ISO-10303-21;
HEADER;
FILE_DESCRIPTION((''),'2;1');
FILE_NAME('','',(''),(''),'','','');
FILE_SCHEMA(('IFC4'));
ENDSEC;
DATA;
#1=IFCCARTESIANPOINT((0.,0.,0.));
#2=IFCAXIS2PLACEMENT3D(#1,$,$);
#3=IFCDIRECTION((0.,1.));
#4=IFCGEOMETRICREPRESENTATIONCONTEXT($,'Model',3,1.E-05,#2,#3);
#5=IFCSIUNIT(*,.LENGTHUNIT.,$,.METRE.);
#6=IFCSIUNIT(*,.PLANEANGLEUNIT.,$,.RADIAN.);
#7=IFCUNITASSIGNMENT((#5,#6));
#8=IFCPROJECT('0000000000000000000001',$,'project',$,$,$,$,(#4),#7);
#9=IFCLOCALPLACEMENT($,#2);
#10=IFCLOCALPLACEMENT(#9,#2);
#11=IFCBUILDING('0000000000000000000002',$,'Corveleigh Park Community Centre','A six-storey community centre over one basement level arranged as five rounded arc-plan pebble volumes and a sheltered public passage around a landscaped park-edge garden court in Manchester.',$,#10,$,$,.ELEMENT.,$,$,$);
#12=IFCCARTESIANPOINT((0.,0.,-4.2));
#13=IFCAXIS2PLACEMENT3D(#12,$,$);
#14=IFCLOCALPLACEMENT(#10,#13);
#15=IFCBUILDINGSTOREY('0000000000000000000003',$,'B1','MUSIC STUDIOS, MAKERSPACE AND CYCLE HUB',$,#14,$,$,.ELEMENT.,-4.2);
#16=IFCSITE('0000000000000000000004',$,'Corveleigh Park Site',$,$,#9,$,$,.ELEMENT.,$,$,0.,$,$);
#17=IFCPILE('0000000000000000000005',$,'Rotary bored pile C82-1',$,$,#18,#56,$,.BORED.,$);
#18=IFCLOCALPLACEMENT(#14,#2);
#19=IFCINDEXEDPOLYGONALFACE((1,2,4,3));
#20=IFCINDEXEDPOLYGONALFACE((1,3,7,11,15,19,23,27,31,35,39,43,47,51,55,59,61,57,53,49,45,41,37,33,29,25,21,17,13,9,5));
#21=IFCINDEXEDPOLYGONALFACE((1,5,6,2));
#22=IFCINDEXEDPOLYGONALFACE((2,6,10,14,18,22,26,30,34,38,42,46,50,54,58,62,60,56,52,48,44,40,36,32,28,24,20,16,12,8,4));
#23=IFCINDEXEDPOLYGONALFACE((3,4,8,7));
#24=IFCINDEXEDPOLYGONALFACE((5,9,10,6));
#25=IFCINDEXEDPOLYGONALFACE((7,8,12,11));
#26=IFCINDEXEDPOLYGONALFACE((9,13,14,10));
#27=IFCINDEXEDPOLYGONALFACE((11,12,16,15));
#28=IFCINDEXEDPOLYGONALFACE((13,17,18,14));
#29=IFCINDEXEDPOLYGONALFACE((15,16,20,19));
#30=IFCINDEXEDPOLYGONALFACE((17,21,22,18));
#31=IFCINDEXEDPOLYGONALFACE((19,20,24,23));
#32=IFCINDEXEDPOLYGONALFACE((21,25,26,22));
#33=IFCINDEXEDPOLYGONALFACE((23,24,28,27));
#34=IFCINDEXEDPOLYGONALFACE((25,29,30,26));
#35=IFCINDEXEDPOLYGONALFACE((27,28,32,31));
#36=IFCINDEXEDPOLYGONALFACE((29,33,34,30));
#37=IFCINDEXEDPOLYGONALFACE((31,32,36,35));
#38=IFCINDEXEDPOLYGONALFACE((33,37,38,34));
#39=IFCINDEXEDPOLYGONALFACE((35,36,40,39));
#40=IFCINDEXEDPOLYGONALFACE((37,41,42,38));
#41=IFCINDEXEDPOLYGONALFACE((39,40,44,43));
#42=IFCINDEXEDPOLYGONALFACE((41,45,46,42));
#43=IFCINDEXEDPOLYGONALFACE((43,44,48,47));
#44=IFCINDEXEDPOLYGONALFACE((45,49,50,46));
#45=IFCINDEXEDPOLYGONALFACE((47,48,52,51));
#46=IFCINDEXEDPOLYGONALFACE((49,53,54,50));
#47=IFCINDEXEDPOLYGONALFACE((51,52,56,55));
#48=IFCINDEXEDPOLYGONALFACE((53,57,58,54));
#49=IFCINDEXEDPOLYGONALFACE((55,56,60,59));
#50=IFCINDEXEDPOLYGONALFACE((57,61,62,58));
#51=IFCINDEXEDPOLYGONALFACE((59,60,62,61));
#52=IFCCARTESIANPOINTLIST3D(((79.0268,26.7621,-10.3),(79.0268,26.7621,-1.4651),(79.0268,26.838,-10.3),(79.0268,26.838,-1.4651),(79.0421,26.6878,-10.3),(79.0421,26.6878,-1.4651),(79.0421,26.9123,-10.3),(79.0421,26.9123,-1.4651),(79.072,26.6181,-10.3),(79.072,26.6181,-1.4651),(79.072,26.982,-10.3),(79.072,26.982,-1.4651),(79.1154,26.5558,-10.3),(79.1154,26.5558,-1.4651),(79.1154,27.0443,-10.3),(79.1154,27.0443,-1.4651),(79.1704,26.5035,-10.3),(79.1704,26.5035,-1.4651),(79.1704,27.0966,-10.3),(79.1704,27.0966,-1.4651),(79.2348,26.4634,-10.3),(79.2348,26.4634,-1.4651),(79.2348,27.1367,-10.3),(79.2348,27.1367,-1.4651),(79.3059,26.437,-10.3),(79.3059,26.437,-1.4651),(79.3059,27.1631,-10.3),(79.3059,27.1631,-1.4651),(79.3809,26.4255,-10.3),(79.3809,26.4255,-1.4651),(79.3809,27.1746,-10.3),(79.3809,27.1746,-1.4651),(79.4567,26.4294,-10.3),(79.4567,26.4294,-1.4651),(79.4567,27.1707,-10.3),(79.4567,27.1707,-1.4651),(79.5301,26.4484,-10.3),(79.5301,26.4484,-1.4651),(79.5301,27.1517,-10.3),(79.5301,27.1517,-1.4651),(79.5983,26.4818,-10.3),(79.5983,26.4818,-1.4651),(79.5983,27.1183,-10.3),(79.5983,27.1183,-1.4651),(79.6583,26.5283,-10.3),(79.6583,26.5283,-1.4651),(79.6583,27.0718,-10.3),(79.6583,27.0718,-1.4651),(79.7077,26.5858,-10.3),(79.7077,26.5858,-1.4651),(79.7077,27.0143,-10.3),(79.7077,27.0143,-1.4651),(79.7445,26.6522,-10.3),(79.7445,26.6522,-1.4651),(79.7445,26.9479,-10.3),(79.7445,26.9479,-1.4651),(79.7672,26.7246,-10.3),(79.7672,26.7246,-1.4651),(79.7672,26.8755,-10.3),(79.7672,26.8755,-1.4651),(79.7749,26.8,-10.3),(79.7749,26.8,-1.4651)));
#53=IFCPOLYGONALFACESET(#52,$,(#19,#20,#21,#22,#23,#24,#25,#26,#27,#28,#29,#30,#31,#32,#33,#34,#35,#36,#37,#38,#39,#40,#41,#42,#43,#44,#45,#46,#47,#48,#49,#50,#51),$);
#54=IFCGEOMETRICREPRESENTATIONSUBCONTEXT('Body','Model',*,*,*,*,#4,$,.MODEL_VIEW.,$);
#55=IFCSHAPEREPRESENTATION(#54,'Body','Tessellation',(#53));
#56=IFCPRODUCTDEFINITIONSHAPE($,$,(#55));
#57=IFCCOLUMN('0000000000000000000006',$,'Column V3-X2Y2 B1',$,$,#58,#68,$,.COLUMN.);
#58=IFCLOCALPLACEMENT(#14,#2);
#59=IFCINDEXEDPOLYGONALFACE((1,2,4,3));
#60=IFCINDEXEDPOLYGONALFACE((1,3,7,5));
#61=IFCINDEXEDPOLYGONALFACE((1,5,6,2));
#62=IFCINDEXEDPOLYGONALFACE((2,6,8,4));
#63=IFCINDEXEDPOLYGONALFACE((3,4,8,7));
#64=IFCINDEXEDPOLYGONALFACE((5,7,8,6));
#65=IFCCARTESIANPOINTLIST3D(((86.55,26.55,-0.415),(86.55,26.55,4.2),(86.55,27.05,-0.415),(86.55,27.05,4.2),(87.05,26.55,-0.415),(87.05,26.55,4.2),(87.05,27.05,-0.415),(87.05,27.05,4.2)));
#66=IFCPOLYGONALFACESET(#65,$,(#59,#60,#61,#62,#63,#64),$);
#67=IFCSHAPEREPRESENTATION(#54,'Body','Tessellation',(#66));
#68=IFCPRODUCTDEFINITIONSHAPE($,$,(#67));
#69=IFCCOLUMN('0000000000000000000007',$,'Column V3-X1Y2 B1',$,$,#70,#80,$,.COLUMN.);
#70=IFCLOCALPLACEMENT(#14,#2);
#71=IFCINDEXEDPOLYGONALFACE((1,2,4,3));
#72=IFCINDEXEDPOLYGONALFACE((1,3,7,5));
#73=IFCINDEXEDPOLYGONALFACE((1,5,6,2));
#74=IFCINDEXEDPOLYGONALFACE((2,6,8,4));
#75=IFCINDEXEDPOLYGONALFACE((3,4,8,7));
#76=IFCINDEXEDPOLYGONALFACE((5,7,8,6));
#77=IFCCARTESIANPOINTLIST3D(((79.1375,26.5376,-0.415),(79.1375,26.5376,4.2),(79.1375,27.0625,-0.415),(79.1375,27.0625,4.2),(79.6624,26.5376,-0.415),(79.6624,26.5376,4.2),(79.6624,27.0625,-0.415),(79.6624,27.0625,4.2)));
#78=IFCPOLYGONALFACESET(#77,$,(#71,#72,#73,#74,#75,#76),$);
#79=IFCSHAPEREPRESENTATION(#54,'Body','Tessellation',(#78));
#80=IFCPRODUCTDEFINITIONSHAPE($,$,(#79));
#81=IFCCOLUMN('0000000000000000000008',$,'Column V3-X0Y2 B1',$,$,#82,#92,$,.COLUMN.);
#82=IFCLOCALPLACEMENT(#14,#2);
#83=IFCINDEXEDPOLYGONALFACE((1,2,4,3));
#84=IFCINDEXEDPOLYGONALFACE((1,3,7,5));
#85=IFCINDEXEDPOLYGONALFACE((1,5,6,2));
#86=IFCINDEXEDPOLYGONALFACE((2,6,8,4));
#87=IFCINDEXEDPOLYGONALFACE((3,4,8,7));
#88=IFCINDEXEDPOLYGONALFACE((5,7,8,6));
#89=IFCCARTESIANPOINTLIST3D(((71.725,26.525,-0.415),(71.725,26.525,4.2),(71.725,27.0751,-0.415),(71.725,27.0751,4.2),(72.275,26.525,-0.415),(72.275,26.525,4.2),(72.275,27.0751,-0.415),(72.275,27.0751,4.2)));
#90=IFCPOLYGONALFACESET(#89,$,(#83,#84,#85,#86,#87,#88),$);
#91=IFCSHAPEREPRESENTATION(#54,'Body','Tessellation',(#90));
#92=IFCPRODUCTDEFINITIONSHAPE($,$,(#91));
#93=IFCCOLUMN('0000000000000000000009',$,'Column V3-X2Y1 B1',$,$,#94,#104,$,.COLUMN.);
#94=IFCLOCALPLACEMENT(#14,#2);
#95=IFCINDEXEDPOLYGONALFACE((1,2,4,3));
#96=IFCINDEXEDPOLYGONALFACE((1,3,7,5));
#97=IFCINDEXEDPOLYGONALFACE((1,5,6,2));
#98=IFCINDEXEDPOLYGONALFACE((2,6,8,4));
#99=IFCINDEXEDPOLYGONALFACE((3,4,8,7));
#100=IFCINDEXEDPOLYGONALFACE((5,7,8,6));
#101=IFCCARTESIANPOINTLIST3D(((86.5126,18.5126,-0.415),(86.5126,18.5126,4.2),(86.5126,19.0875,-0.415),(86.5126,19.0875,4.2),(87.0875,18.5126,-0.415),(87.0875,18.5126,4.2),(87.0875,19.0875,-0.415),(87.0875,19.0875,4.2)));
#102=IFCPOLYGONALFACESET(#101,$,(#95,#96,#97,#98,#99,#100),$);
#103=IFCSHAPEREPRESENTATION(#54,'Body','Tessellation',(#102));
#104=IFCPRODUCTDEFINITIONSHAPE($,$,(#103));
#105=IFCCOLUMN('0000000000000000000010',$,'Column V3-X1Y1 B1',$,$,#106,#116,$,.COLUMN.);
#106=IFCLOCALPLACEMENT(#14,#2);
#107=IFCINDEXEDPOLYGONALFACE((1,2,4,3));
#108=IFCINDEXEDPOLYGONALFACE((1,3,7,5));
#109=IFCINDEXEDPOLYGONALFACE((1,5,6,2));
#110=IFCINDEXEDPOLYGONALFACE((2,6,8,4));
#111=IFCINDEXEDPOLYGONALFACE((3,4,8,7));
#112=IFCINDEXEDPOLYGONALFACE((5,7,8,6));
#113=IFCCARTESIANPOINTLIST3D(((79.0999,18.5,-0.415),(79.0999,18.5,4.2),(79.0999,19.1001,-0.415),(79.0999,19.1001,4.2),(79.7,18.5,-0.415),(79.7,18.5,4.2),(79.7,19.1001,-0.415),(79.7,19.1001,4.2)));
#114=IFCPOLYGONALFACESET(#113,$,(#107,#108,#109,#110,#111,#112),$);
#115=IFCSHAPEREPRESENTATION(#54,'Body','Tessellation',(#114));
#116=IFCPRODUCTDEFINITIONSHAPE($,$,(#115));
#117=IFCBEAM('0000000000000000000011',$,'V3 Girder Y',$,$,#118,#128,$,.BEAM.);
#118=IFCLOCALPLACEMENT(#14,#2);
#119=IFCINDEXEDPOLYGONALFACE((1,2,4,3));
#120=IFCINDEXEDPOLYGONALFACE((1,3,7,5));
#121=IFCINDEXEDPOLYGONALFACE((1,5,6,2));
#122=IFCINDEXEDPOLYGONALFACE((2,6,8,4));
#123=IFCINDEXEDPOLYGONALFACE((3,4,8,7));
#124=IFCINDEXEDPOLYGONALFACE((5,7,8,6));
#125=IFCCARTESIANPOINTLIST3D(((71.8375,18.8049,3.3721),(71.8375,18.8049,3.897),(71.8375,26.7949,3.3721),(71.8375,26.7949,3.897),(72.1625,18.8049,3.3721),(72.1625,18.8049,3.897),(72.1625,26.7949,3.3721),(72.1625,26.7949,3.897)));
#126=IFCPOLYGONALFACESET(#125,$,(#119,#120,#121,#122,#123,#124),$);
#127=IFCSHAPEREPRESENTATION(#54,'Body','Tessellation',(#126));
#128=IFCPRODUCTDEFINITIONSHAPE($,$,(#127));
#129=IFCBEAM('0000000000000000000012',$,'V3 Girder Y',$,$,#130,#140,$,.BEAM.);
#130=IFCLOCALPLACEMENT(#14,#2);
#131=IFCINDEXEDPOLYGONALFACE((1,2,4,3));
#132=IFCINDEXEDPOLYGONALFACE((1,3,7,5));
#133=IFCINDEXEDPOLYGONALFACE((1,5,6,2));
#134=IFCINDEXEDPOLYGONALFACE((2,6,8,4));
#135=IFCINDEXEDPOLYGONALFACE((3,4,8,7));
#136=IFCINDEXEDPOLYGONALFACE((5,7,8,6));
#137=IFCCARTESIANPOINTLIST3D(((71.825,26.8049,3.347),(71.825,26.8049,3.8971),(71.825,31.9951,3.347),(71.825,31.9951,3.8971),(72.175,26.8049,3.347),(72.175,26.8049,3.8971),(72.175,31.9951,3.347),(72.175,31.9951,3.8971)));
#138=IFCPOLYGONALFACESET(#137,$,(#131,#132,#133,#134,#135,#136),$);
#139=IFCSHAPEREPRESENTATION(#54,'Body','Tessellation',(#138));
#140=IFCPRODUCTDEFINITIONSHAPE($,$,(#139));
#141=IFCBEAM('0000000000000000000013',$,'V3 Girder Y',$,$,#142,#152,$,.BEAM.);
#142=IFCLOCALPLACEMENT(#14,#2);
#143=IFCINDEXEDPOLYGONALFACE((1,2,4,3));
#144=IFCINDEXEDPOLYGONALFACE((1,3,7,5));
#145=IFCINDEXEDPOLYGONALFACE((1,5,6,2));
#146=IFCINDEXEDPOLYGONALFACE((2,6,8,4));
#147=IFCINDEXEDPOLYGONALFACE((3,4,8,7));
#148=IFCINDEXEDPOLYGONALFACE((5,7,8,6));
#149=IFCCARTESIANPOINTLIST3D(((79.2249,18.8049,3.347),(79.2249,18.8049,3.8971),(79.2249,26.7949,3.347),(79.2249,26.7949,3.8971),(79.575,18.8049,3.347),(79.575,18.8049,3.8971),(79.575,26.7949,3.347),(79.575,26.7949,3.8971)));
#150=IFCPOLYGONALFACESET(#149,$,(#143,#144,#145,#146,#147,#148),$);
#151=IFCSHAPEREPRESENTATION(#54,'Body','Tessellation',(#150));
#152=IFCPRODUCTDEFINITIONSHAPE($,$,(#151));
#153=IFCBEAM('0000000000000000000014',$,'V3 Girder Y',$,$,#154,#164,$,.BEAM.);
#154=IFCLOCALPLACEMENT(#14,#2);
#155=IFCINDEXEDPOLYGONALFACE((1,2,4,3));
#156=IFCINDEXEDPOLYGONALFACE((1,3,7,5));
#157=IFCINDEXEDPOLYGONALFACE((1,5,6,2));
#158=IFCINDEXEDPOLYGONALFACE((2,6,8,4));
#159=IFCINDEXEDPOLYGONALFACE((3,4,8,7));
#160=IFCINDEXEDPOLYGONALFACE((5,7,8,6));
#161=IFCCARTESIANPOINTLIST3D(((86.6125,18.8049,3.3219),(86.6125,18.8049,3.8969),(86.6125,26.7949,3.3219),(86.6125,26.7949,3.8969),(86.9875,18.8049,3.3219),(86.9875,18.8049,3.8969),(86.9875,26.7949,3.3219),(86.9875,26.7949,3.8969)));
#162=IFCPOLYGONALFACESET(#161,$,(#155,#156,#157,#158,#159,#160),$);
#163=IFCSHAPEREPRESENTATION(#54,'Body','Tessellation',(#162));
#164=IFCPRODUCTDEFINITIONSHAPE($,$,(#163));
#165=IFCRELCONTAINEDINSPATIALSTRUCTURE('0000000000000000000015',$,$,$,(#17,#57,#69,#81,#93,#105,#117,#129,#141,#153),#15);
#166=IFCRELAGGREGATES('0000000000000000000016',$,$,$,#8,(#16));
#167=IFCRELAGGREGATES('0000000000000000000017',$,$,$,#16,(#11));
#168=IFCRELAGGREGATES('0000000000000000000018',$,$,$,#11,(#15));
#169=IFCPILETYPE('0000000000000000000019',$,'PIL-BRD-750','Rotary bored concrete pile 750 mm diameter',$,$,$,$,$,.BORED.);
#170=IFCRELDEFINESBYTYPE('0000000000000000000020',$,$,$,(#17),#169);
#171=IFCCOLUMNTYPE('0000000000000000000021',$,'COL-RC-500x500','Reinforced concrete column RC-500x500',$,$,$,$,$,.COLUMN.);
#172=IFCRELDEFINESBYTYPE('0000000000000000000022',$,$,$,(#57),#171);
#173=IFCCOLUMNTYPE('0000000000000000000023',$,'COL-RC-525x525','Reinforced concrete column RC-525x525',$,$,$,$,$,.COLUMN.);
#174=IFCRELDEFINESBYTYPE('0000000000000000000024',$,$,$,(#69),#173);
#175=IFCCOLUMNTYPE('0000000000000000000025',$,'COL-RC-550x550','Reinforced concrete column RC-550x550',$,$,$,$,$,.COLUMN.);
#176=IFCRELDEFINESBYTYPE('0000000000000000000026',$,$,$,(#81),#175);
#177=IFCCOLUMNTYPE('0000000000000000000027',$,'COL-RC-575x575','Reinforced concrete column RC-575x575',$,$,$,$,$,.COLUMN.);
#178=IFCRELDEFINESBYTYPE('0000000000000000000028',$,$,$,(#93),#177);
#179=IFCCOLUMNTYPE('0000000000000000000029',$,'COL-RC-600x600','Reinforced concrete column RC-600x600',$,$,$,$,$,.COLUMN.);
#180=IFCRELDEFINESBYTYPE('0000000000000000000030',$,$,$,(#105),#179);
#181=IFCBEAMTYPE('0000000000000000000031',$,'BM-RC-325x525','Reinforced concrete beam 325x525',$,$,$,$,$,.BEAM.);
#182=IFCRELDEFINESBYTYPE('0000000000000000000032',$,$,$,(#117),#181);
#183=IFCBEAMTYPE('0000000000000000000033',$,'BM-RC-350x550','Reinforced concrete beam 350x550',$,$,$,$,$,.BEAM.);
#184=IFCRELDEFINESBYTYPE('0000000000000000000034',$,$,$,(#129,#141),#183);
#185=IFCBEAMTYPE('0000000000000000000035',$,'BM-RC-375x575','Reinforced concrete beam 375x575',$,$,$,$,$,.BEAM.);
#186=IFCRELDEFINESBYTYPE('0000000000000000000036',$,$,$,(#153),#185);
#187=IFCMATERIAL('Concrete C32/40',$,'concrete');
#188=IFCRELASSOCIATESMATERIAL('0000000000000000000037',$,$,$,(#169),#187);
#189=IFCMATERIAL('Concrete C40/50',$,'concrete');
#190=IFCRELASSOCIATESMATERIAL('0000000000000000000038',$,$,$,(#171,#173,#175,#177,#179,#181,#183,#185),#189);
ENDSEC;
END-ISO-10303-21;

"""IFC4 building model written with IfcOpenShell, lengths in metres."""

from ifc_helpers import new_model, si_unit, direction, frame, origin, origin_2d, place, context, subcontext, project, spatial, rectangle, circle, extrude, material, material_profile, profile_set, type_object, element, save


model = new_model("IFC4")

# Units and contexts
model_context = context("Model", 3, precision=1e-05, world=origin(), true_north=direction((0.0, 1.0)))
body_context = subcontext(model_context, "Body", "Model", "MODEL_VIEW")
ifc_project = project(units=[si_unit("LENGTHUNIT", "METRE"), si_unit("PLANEANGLEUNIT", "RADIAN")], contexts=[model_context])

# Site, building, storey
site_placement = place(None, origin())
site = spatial("IfcSite", under=ifc_project, at=site_placement, Name="Corveleigh Park Site", CompositionType="ELEMENT", RefElevation=0.0)
building_placement = place(site_placement, origin())
building = spatial("IfcBuilding", under=site, at=building_placement, Name="Corveleigh Park Community Centre", Description="A six-storey community centre over one basement level arranged as five rounded arc-plan pebble volumes and a sheltered public passage around a landscaped park-edge garden court in Manchester.", CompositionType="ELEMENT")
storey_placement = place(building_placement, frame((0.0, 0.0, -4.2)))
storey = spatial("IfcBuildingStorey", under=building, at=storey_placement, Name="B1", Description="MUSIC STUDIOS, MAKERSPACE AND CYCLE HUB", CompositionType="ELEMENT", Elevation=-4.2)

# Shared definitions
ifc_material_1 = material(Name="Concrete C40/50", Category="concrete")

# Pile
ifc_material_2 = material(Name="Concrete C32/40", Category="concrete")
ifc_material_profile_1 = material_profile(ifc_material_2, circle(Radius=0.375, at=origin_2d()), Name="BORED-PILE-750", Category="concrete")
ifc_profile_set_1 = profile_set([ifc_material_profile_1], Name="Concrete C32/40")
pile_type = type_object("IfcPileType", Name="PIL-BRD-750", Description="Rotary bored concrete pile 750 mm diameter", PredefinedType="BORED", material=ifc_profile_set_1)
for number, where, z_axis, x_axis, name in (
    (1, (79.3999, 26.8, -1.4651), (0.0, 0.0, -1.0), (1.0, 0.0, 0.0), "Rotary bored pile C82-1"),
):
    element("IfcPile", number, at=place(storey_placement, frame(where, z_axis=z_axis, x_axis=x_axis)), inside=storey, type_object=pile_type, Name=name, PredefinedType="BORED", context=body_context, shape_type="SweptSolid", body=[
        extrude(circle(Radius=0.375, at=origin_2d()), origin(), (0.0, 0.0, 1.0), 8.835),
    ])

# Columns
ifc_material_profile_2 = material_profile(ifc_material_1, rectangle(XDim=0.5, YDim=0.5, at=origin_2d()), Name="RC-500x500", Category="concrete")
ifc_profile_set_2 = profile_set([ifc_material_profile_2], Name="Concrete C40/50")
column_type_1 = type_object("IfcColumnType", Name="COL-RC-500x500", Description="Reinforced concrete column RC-500x500", PredefinedType="COLUMN", material=ifc_profile_set_2)
column_1_placement = place(storey_placement, frame((86.8, 26.8, -0.415), z_axis=(0.0, 0.0, 1.0), x_axis=(1.0, 0.0, 0.0)))
element("IfcColumn", 2, at=column_1_placement, inside=storey, type_object=column_type_1, Name="Column V3-X2Y2 B1", PredefinedType="COLUMN", context=body_context, shape_type="SweptSolid", body=[
    extrude(rectangle(XDim=0.5, YDim=0.5, at=origin_2d()), origin(), (0.0, 0.0, 1.0), 4.615),
])
ifc_material_profile_3 = material_profile(ifc_material_1, rectangle(XDim=0.5249, YDim=0.5249, at=origin_2d()), Name="RC-525x525", Category="concrete")
ifc_profile_set_3 = profile_set([ifc_material_profile_3], Name="Concrete C40/50")
column_type_2 = type_object("IfcColumnType", Name="COL-RC-525x525", Description="Reinforced concrete column RC-525x525", PredefinedType="COLUMN", material=ifc_profile_set_3)
column_2_placement = place(storey_placement, frame((79.3999, 26.8, -0.415), z_axis=(0.0, 0.0, 1.0), x_axis=(1.0, 0.0, 0.0)))
element("IfcColumn", 3, at=column_2_placement, inside=storey, type_object=column_type_2, Name="Column V3-X1Y2 B1", PredefinedType="COLUMN", context=body_context, shape_type="SweptSolid", body=[
    extrude(rectangle(XDim=0.5249, YDim=0.5249, at=origin_2d()), origin(), (0.0, 0.0, 1.0), 4.615),
])
ifc_material_profile_4 = material_profile(ifc_material_1, rectangle(XDim=0.55, YDim=0.55, at=origin_2d()), Name="RC-550x550", Category="concrete")
ifc_profile_set_4 = profile_set([ifc_material_profile_4], Name="Concrete C40/50")
column_type_3 = type_object("IfcColumnType", Name="COL-RC-550x550", Description="Reinforced concrete column RC-550x550", PredefinedType="COLUMN", material=ifc_profile_set_4)
column_3_placement = place(storey_placement, frame((72.0, 26.8, -0.415), z_axis=(0.0, 0.0, 1.0), x_axis=(1.0, 0.0, 0.0)))
element("IfcColumn", 4, at=column_3_placement, inside=storey, type_object=column_type_3, Name="Column V3-X0Y2 B1", PredefinedType="COLUMN", context=body_context, shape_type="SweptSolid", body=[
    extrude(rectangle(XDim=0.55, YDim=0.55, at=origin_2d()), origin(), (0.0, 0.0, 1.0), 4.615),
])
ifc_material_profile_5 = material_profile(ifc_material_1, rectangle(XDim=0.575, YDim=0.575, at=origin_2d()), Name="RC-575x575", Category="concrete")
ifc_profile_set_5 = profile_set([ifc_material_profile_5], Name="Concrete C40/50")
column_type_4 = type_object("IfcColumnType", Name="COL-RC-575x575", Description="Reinforced concrete column RC-575x575", PredefinedType="COLUMN", material=ifc_profile_set_5)
column_4_placement = place(storey_placement, frame((86.8, 18.8, -0.415), z_axis=(0.0, 0.0, 1.0), x_axis=(1.0, 0.0, 0.0)))
element("IfcColumn", 5, at=column_4_placement, inside=storey, type_object=column_type_4, Name="Column V3-X2Y1 B1", PredefinedType="COLUMN", context=body_context, shape_type="SweptSolid", body=[
    extrude(rectangle(XDim=0.575, YDim=0.575, at=origin_2d()), origin(), (0.0, 0.0, 1.0), 4.615),
])
ifc_material_profile_6 = material_profile(ifc_material_1, rectangle(XDim=0.6001, YDim=0.6001, at=origin_2d()), Name="RC-600x600", Category="concrete")
ifc_profile_set_6 = profile_set([ifc_material_profile_6], Name="Concrete C40/50")
column_type_5 = type_object("IfcColumnType", Name="COL-RC-600x600", Description="Reinforced concrete column RC-600x600", PredefinedType="COLUMN", material=ifc_profile_set_6)
column_5_placement = place(storey_placement, frame((79.3999, 18.8, -0.415), z_axis=(0.0, 0.0, 1.0), x_axis=(1.0, 0.0, 0.0)))
element("IfcColumn", 6, at=column_5_placement, inside=storey, type_object=column_type_5, Name="Column V3-X1Y1 B1", PredefinedType="COLUMN", context=body_context, shape_type="SweptSolid", body=[
    extrude(rectangle(XDim=0.6001, YDim=0.6001, at=origin_2d()), origin(), (0.0, 0.0, 1.0), 4.615),
])

# Beams
ifc_material_profile_7 = material_profile(ifc_material_1, rectangle(XDim=0.325, YDim=0.5249, at=origin_2d()), Name="RC-325x525", Category="concrete")
ifc_profile_set_7 = profile_set([ifc_material_profile_7], Name="Concrete C40/50")
beam_type_1 = type_object("IfcBeamType", Name="BM-RC-325x525", Description="Reinforced concrete beam 325x525", PredefinedType="BEAM", material=ifc_profile_set_7)
beam_1_placement = place(storey_placement, frame((72.0, 18.8049, 3.6345), z_axis=(0.0, 1.0, 0.0), x_axis=(-1.0, 0.0, 0.0)))
element("IfcBeam", 7, at=beam_1_placement, inside=storey, type_object=beam_type_1, Name="V3 Girder Y", PredefinedType="BEAM", context=body_context, shape_type="SweptSolid", body=[
    extrude(rectangle(XDim=0.325, YDim=0.5249, at=origin_2d()), origin(), (0.0, 0.0, 1.0), 7.99),
])
ifc_material_profile_8 = material_profile(ifc_material_1, rectangle(XDim=0.3501, YDim=0.55, at=origin_2d()), Name="RC-350x550", Category="concrete")
ifc_profile_set_8 = profile_set([ifc_material_profile_8], Name="Concrete C40/50")
beam_type_2 = type_object("IfcBeamType", Name="BM-RC-350x550", Description="Reinforced concrete beam 350x550", PredefinedType="BEAM", material=ifc_profile_set_8)
beam_2_placement = place(storey_placement, frame((72.0, 26.8049, 3.6221), z_axis=(0.0, 1.0, 0.0), x_axis=(-1.0, 0.0, 0.0)))
element("IfcBeam", 8, at=beam_2_placement, inside=storey, type_object=beam_type_2, Name="V3 Girder Y", PredefinedType="BEAM", context=body_context, shape_type="SweptSolid", body=[
    extrude(rectangle(XDim=0.3501, YDim=0.55, at=origin_2d()), origin(), (0.0, 0.0, 1.0), 5.1902),
])
beam_3_placement = place(storey_placement, frame((79.3999, 18.8049, 3.6221), z_axis=(0.0, 1.0, 0.0), x_axis=(-1.0, 0.0, 0.0)))
element("IfcBeam", 9, at=beam_3_placement, inside=storey, type_object=beam_type_2, Name="V3 Girder Y", PredefinedType="BEAM", context=body_context, shape_type="SweptSolid", body=[
    extrude(rectangle(XDim=0.3501, YDim=0.55, at=origin_2d()), origin(), (0.0, 0.0, 1.0), 7.99),
])
ifc_material_profile_9 = material_profile(ifc_material_1, rectangle(XDim=0.375, YDim=0.575, at=origin_2d()), Name="RC-375x575", Category="concrete")
ifc_profile_set_9 = profile_set([ifc_material_profile_9], Name="Concrete C40/50")
beam_type_3 = type_object("IfcBeamType", Name="BM-RC-375x575", Description="Reinforced concrete beam 375x575", PredefinedType="BEAM", material=ifc_profile_set_9)
beam_4_placement = place(storey_placement, frame((86.8, 18.8049, 3.6094), z_axis=(0.0, 1.0, 0.0), x_axis=(-1.0, 0.0, 0.0)))
element("IfcBeam", 10, at=beam_4_placement, inside=storey, type_object=beam_type_3, Name="V3 Girder Y", PredefinedType="BEAM", context=body_context, shape_type="SweptSolid", body=[
    extrude(rectangle(XDim=0.375, YDim=0.575, at=origin_2d()), origin(), (0.0, 0.0, 1.0), 7.99),
])

save(model, "model.ifc")
